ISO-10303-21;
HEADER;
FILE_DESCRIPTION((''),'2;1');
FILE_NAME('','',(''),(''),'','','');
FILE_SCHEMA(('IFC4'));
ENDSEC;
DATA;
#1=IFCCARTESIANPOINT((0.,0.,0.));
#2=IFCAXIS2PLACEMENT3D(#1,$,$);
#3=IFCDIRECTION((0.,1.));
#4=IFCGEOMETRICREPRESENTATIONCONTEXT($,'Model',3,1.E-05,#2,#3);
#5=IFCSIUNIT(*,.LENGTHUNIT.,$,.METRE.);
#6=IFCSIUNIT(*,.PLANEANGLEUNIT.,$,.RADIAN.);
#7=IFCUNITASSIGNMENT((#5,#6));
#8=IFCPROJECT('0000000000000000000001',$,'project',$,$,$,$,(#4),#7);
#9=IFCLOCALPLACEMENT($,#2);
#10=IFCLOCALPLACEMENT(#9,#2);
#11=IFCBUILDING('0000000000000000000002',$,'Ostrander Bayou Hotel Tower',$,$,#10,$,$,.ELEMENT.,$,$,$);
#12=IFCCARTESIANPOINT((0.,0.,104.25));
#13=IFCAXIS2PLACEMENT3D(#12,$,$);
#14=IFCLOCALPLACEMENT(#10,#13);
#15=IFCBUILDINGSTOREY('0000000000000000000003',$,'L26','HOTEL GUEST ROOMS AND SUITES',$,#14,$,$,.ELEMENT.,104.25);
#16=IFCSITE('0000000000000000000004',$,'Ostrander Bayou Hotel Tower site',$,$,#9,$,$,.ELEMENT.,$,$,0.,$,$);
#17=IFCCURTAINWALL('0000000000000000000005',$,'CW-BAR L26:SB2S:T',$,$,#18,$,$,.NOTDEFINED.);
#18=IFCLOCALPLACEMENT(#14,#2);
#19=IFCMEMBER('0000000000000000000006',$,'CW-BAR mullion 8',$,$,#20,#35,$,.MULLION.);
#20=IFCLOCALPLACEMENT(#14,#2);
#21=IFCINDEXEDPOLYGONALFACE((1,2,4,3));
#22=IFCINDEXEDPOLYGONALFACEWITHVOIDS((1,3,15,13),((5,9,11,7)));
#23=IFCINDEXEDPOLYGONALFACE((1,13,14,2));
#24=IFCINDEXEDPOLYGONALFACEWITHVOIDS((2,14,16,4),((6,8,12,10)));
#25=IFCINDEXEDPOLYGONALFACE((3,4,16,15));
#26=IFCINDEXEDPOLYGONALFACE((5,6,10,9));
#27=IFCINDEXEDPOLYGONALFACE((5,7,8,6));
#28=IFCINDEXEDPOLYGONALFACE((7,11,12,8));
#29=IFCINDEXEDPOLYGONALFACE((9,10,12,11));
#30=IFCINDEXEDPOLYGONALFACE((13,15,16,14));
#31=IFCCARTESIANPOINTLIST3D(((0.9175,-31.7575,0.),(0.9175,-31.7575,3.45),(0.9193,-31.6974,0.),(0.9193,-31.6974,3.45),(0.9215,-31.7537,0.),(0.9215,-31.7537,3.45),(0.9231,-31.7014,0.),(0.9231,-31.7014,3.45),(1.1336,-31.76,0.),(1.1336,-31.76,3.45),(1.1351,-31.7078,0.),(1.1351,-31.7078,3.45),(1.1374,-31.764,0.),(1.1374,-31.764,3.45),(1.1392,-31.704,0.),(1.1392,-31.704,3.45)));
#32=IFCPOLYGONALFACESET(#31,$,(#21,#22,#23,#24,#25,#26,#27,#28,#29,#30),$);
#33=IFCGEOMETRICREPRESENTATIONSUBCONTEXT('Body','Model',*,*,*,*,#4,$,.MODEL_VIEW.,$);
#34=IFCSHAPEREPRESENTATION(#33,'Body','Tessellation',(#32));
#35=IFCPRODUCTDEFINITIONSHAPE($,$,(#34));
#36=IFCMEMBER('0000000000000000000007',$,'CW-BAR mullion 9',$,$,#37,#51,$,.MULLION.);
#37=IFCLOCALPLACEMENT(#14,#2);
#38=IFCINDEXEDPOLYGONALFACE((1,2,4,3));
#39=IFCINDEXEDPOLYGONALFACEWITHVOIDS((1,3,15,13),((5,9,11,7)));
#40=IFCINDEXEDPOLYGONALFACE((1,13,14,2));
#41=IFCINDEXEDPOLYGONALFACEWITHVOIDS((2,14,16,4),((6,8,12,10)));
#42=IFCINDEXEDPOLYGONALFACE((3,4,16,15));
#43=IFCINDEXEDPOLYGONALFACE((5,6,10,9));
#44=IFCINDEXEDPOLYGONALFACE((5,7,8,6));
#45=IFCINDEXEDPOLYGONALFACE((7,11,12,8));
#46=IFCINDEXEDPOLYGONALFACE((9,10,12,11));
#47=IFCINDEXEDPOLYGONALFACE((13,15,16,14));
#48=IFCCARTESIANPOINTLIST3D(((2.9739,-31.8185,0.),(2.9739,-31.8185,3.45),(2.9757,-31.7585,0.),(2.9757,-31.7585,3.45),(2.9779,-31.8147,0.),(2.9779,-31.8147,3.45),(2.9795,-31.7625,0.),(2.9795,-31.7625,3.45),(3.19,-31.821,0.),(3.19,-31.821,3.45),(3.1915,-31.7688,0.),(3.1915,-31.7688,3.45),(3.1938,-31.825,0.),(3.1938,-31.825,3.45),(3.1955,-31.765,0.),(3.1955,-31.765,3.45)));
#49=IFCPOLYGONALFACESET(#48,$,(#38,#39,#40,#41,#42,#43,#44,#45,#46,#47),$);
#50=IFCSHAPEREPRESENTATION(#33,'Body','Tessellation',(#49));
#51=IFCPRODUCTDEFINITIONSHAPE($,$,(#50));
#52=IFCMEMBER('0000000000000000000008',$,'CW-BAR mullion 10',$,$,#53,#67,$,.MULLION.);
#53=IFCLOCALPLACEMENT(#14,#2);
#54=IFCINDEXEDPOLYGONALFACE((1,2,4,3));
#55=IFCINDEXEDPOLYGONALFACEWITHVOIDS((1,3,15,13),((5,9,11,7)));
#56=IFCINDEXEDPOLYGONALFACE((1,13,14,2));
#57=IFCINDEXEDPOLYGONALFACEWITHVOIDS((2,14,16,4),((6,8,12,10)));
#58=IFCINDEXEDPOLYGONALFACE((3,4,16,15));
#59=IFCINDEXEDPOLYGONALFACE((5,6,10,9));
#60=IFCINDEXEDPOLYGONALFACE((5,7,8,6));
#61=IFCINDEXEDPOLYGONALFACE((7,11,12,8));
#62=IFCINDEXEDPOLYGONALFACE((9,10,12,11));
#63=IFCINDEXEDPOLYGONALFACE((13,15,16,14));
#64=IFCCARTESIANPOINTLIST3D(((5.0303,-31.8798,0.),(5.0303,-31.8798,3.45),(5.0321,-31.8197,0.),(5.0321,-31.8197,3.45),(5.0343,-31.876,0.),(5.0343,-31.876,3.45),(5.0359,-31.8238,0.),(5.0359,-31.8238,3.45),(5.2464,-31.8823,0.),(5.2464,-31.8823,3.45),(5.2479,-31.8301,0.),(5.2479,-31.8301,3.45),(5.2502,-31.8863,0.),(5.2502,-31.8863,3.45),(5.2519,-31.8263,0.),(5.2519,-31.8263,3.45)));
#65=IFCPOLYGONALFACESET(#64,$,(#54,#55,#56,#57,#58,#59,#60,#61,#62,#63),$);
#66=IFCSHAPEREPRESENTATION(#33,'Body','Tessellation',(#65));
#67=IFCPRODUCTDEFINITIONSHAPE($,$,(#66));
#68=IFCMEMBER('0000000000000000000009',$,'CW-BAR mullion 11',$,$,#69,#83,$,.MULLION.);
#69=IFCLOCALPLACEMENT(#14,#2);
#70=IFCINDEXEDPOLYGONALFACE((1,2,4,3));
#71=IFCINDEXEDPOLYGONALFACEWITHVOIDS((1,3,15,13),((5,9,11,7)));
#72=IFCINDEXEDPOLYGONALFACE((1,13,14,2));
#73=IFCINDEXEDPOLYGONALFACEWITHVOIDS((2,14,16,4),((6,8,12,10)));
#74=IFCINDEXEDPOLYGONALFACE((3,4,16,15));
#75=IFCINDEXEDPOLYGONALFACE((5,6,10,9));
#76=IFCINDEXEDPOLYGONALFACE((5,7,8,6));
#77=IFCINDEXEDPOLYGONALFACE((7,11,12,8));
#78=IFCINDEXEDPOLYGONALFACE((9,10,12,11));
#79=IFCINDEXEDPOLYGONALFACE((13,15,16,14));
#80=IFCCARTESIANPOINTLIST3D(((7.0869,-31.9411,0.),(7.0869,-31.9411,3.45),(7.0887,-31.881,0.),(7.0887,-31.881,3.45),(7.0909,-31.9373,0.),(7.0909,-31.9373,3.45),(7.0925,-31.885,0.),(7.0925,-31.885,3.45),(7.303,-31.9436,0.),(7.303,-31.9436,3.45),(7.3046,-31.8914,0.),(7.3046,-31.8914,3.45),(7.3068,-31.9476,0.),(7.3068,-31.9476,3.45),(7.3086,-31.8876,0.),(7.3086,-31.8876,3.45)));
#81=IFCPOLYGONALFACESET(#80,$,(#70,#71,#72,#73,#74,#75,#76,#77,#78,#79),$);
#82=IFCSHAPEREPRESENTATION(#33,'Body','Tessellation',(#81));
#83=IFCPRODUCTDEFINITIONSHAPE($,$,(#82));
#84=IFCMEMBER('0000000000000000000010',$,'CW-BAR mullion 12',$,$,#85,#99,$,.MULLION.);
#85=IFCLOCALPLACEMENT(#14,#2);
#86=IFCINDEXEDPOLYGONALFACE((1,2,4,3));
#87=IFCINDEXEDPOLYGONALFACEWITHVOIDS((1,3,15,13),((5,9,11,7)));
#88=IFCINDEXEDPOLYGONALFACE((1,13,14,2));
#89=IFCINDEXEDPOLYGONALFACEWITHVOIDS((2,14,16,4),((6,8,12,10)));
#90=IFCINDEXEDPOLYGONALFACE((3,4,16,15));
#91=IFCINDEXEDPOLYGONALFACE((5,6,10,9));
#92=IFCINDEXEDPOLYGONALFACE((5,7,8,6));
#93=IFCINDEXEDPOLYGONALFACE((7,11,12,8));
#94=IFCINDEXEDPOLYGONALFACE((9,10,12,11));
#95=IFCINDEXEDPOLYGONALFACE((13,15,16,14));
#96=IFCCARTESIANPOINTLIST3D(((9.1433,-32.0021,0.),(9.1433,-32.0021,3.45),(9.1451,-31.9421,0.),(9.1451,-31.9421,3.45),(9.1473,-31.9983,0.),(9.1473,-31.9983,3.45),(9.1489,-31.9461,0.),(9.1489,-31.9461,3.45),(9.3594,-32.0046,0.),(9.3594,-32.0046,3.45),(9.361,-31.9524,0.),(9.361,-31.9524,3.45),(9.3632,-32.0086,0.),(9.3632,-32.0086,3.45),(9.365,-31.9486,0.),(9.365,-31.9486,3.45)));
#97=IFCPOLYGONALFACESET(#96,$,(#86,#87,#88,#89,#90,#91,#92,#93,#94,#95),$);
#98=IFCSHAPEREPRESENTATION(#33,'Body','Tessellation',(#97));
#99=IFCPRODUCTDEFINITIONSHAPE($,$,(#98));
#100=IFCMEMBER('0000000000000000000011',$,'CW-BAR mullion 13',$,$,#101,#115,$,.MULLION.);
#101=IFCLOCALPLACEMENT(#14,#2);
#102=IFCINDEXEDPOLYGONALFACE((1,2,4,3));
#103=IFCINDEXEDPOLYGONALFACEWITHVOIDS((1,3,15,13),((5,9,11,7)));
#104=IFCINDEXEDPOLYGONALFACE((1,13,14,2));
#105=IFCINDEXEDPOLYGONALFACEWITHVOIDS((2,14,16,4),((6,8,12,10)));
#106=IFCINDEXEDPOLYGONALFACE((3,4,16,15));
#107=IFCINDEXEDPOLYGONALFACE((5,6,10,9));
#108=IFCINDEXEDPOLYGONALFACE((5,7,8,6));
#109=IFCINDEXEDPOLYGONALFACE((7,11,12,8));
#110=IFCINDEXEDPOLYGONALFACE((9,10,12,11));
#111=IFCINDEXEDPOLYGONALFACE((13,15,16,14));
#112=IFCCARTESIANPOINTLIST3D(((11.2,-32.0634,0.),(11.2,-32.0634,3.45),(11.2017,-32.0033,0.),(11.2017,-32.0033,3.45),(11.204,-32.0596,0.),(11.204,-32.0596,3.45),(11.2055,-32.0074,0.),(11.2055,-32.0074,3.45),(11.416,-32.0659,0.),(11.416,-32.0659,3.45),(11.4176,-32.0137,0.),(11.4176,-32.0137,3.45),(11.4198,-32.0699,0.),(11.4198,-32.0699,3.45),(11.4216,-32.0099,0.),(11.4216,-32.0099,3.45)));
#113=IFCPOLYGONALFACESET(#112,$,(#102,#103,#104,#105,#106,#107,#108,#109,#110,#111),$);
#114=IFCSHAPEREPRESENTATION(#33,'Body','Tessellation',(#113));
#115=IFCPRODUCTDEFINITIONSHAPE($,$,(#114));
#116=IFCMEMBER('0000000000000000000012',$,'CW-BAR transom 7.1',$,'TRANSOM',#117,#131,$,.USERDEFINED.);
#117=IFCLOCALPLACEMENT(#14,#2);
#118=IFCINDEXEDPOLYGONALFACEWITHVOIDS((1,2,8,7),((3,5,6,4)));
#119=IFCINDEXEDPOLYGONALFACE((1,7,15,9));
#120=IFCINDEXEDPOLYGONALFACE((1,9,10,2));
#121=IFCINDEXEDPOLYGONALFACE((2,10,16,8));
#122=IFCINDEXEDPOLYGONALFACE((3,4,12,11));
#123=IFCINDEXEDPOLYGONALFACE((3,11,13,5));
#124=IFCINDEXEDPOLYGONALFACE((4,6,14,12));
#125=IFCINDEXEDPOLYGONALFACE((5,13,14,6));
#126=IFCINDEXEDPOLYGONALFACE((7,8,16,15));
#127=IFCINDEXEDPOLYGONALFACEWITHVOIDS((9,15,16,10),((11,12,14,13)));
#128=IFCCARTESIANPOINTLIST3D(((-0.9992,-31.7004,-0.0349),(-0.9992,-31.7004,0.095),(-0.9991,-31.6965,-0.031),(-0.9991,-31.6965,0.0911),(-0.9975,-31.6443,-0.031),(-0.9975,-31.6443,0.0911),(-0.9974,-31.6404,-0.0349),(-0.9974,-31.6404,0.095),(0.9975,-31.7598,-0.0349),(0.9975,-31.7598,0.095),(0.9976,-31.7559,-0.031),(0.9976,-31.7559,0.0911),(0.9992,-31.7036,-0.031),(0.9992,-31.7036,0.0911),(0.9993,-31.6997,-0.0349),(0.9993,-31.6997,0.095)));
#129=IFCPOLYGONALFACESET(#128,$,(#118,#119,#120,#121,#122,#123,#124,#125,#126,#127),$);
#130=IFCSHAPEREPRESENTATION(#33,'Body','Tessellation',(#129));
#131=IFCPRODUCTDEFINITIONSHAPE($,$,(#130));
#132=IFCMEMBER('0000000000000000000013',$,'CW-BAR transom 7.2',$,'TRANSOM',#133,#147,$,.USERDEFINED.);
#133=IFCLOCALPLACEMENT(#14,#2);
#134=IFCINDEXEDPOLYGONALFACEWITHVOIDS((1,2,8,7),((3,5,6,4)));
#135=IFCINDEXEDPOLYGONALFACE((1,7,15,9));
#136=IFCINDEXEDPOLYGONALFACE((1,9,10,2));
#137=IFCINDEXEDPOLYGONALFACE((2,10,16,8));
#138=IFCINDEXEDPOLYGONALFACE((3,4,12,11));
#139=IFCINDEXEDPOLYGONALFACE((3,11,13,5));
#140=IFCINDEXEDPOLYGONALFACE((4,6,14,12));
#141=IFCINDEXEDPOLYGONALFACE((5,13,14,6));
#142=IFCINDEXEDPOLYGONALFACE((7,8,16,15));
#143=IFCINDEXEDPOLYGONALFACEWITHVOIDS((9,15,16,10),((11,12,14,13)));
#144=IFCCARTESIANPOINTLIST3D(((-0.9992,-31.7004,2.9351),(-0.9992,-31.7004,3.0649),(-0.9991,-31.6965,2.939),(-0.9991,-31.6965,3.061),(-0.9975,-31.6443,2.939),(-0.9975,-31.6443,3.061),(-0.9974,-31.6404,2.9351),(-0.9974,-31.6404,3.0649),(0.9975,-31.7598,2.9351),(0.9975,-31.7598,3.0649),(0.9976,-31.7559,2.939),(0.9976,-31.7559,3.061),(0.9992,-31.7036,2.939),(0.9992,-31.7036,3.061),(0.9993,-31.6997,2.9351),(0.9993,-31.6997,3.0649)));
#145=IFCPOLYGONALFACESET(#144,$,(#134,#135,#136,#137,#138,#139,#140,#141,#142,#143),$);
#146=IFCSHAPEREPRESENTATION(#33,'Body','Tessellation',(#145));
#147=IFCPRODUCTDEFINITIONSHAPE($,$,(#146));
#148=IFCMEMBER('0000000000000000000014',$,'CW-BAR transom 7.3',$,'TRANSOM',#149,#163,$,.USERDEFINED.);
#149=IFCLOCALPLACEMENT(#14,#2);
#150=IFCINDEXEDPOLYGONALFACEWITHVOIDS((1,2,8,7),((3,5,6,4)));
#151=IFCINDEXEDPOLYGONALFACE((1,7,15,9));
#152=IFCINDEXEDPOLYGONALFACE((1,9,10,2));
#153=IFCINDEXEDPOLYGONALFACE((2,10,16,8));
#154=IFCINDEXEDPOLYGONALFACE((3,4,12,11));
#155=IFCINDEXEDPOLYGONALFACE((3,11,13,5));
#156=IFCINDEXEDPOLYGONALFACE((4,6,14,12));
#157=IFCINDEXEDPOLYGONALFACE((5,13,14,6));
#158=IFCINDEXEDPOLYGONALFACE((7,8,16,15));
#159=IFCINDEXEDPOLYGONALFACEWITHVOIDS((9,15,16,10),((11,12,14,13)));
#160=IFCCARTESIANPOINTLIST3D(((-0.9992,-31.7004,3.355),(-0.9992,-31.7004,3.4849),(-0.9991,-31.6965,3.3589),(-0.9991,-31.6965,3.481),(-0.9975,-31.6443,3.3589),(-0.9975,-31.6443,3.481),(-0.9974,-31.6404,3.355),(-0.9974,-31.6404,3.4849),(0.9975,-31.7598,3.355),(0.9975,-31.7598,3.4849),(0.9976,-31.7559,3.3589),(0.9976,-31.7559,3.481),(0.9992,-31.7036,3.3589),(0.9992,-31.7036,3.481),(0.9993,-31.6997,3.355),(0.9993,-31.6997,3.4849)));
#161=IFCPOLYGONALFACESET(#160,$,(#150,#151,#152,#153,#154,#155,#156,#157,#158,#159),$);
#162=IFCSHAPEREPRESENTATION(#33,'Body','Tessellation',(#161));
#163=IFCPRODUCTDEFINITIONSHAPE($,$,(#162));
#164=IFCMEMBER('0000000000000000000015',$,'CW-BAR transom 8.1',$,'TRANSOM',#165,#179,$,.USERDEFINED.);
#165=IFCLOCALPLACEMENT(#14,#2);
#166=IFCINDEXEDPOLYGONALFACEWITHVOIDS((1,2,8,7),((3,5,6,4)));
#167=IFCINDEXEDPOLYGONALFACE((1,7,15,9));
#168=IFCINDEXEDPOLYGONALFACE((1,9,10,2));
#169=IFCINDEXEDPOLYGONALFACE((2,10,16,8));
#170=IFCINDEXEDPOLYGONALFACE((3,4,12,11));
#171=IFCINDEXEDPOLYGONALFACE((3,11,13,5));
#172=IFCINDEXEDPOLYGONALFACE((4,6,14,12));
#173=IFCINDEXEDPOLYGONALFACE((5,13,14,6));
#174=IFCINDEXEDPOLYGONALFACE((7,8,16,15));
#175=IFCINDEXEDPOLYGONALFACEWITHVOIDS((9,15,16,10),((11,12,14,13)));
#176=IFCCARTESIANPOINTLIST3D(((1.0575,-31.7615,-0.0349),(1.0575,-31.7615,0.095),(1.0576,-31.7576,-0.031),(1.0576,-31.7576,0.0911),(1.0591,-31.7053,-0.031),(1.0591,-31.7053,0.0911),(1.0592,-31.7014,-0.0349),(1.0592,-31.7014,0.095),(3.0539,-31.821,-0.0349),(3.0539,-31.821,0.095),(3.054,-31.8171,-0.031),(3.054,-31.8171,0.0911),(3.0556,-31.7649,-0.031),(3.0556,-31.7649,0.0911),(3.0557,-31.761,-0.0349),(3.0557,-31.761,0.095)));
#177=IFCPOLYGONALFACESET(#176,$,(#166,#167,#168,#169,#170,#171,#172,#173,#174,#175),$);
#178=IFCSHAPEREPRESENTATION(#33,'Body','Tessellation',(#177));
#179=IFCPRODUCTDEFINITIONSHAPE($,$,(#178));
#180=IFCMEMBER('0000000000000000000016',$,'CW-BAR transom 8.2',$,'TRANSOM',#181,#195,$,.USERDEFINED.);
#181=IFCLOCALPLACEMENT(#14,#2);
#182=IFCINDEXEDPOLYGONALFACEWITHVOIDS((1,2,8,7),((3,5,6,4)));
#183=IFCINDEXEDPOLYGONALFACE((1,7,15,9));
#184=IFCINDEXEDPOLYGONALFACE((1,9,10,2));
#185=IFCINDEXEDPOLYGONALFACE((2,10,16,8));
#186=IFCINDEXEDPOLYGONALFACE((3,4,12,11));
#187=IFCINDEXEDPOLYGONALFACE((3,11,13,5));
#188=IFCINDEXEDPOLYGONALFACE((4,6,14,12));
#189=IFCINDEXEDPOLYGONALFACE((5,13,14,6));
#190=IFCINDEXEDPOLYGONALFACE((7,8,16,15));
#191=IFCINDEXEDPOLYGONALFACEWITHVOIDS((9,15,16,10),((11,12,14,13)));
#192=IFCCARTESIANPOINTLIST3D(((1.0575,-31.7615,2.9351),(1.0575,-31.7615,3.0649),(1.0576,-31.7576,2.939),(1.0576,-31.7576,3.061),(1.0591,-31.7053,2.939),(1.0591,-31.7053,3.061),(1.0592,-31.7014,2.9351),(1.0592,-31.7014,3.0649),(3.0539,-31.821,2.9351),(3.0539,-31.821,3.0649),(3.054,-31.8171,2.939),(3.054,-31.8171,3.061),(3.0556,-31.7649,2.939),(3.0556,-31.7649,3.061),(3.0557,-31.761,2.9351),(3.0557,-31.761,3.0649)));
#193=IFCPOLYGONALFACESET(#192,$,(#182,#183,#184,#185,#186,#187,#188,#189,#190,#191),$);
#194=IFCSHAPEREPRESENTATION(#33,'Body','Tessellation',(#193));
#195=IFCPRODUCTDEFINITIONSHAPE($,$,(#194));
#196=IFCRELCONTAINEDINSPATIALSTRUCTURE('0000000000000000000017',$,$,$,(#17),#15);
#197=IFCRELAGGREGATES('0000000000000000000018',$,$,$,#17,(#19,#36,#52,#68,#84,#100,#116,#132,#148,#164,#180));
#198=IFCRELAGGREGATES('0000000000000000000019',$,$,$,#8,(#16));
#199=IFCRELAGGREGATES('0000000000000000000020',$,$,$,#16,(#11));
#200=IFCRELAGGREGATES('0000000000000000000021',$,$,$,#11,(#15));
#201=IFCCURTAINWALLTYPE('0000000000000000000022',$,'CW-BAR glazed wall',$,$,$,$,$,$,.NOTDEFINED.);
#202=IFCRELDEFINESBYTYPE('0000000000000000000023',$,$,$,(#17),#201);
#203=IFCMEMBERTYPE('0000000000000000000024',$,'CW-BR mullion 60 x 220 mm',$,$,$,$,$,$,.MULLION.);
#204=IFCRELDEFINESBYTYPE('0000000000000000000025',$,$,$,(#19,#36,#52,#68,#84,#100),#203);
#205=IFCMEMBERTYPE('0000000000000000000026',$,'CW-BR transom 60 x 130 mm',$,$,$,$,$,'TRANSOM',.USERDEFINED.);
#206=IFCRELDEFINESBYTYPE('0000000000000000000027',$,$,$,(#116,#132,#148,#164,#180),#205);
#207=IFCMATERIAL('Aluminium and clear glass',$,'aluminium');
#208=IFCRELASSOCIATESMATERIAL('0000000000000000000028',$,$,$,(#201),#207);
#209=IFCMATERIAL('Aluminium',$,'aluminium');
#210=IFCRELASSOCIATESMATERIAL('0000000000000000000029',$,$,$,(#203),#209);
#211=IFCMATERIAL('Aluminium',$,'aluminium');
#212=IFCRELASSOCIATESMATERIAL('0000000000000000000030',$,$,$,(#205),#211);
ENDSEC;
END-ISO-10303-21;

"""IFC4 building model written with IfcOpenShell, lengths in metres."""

from ifc_helpers import new_model, si_unit, direction, frame, origin, origin_2d, place, context, subcontext, project, spatial, hollow_rectangle, extrude, material, material_profile, profile_set, type_object, element, aggregate, save


model = new_model("IFC4")

# Units and contexts
model_context = context("Model", 3, precision=1e-05, world=origin(), true_north=direction((0.0, 1.0)))
body_context = subcontext(model_context, "Body", "Model", "MODEL_VIEW")
ifc_project = project(units=[si_unit("LENGTHUNIT", "METRE"), si_unit("PLANEANGLEUNIT", "RADIAN")], contexts=[model_context])

# Site, building, storey
site_placement = place(None, origin())
site = spatial("IfcSite", under=ifc_project, at=site_placement, Name="Ostrander Bayou Hotel Tower site", CompositionType="ELEMENT", RefElevation=0.0)
building_placement = place(site_placement, origin())
building = spatial("IfcBuilding", under=site, at=building_placement, Name="Ostrander Bayou Hotel Tower", CompositionType="ELEMENT")
storey_placement = place(building_placement, frame((0.0, 0.0, 104.25)))
storey = spatial("IfcBuildingStorey", under=building, at=storey_placement, Name="L26", Description="HOTEL GUEST ROOMS AND SUITES", CompositionType="ELEMENT", Elevation=104.25)

# Curtain wall, members
ifc_material_1 = material(Name="Aluminium and clear glass", Category="aluminium")
curtain_wall_type = type_object("IfcCurtainWallType", Name="CW-BAR glazed wall", PredefinedType="NOTDEFINED", material=ifc_material_1)
curtain_wall_placement = place(storey_placement, origin())
curtain_wall = element("IfcCurtainWall", 1, at=curtain_wall_placement, inside=storey, type_object=curtain_wall_type, Name="CW-BAR L26:SB2S:T", PredefinedType="NOTDEFINED")
ifc_material_2 = material(Name="Aluminium", Category="aluminium")
ifc_material_profile_1 = material_profile(ifc_material_2, hollow_rectangle(XDim=0.0601, YDim=0.22, WallThickness=0.0039, at=origin_2d()))
ifc_profile_set_1 = profile_set([ifc_material_profile_1], Name="Aluminium")
member_type_1 = type_object("IfcMemberType", Name="CW-BR mullion 60 x 220 mm", PredefinedType="MULLION", material=ifc_profile_set_1)
member_1_placement = place(storey_placement, frame((1.0283, -31.7307, 0.0), z_axis=(0.0, 0.0, 1.0), x_axis=(0.029746, 0.999557, 0.0)))
member_1 = element("IfcMember", 2, at=member_1_placement, type_object=member_type_1, Name="CW-BAR mullion 8", PredefinedType="MULLION", context=body_context, shape_type="SweptSolid", body=[
    extrude(hollow_rectangle(XDim=0.0601, YDim=0.22, WallThickness=0.0039, at=origin_2d()), origin(), (0.0, 0.0, 1.0), 3.45),
])
member_2_placement = place(storey_placement, frame((3.0847, -31.7917, 0.0), z_axis=(0.0, 0.0, 1.0), x_axis=(0.029746, 0.999557, 0.0)))
member_2 = element("IfcMember", 3, at=member_2_placement, type_object=member_type_1, Name="CW-BAR mullion 9", PredefinedType="MULLION", context=body_context, shape_type="SweptSolid", body=[
    extrude(hollow_rectangle(XDim=0.0601, YDim=0.22, WallThickness=0.0039, at=origin_2d()), origin(), (0.0, 0.0, 1.0), 3.45),
])
member_3_placement = place(storey_placement, frame((5.1411, -31.853, 0.0), z_axis=(0.0, 0.0, 1.0), x_axis=(0.029746, 0.999557, 0.0)))
member_3 = element("IfcMember", 4, at=member_3_placement, type_object=member_type_1, Name="CW-BAR mullion 10", PredefinedType="MULLION", context=body_context, shape_type="SweptSolid", body=[
    extrude(hollow_rectangle(XDim=0.0601, YDim=0.22, WallThickness=0.0039, at=origin_2d()), origin(), (0.0, 0.0, 1.0), 3.45),
])
member_4_placement = place(storey_placement, frame((7.1978, -31.9143, 0.0), z_axis=(0.0, 0.0, 1.0), x_axis=(0.029746, 0.999557, 0.0)))
member_4 = element("IfcMember", 5, at=member_4_placement, type_object=member_type_1, Name="CW-BAR mullion 11", PredefinedType="MULLION", context=body_context, shape_type="SweptSolid", body=[
    extrude(hollow_rectangle(XDim=0.0601, YDim=0.22, WallThickness=0.0039, at=origin_2d()), origin(), (0.0, 0.0, 1.0), 3.45),
])
member_5_placement = place(storey_placement, frame((9.2542, -31.9753, 0.0), z_axis=(0.0, 0.0, 1.0), x_axis=(0.029746, 0.999557, 0.0)))
member_5 = element("IfcMember", 6, at=member_5_placement, type_object=member_type_1, Name="CW-BAR mullion 12", PredefinedType="MULLION", context=body_context, shape_type="SweptSolid", body=[
    extrude(hollow_rectangle(XDim=0.0601, YDim=0.22, WallThickness=0.0039, at=origin_2d()), origin(), (0.0, 0.0, 1.0), 3.45),
])
member_6_placement = place(storey_placement, frame((11.3108, -32.0366, 0.0), z_axis=(0.0, 0.0, 1.0), x_axis=(0.029746, 0.999557, 0.0)))
member_6 = element("IfcMember", 7, at=member_6_placement, type_object=member_type_1, Name="CW-BAR mullion 13", PredefinedType="MULLION", context=body_context, shape_type="SweptSolid", body=[
    extrude(hollow_rectangle(XDim=0.0601, YDim=0.22, WallThickness=0.0039, at=origin_2d()), origin(), (0.0, 0.0, 1.0), 3.45),
])
ifc_material_3 = material(Name="Aluminium", Category="aluminium")
ifc_material_profile_2 = material_profile(ifc_material_3, hollow_rectangle(XDim=0.0601, YDim=0.1299, WallThickness=0.0039, at=origin_2d()))
ifc_profile_set_2 = profile_set([ifc_material_profile_2], Name="Aluminium")
member_type_2 = type_object("IfcMemberType", Name="CW-BR transom 60 x 130 mm", ElementType="TRANSOM", PredefinedType="USERDEFINED", material=ifc_profile_set_2)
member_7_placement = place(storey_placement, frame((-0.9983, -31.6704, 0.03), z_axis=(0.999559, -0.029701, 0.0), x_axis=(0.029701, 0.999559, 0.0)))
member_7 = element("IfcMember", 8, at=member_7_placement, type_object=member_type_2, Name="CW-BAR transom 7.1", ObjectType="TRANSOM", PredefinedType="USERDEFINED", context=body_context, shape_type="SweptSolid", body=[
    extrude(hollow_rectangle(XDim=0.0601, YDim=0.1299, WallThickness=0.0039, at=origin_2d()), origin(), (0.0, 0.0, 1.0), 1.9976),
])
member_8_placement = place(storey_placement, frame((-0.9983, -31.6704, 3.0), z_axis=(0.999559, -0.029701, 0.0), x_axis=(0.029701, 0.999559, 0.0)))
member_8 = element("IfcMember", 9, at=member_8_placement, type_object=member_type_2, Name="CW-BAR transom 7.2", ObjectType="TRANSOM", PredefinedType="USERDEFINED", context=body_context, shape_type="SweptSolid", body=[
    extrude(hollow_rectangle(XDim=0.0601, YDim=0.1299, WallThickness=0.0039, at=origin_2d()), origin(), (0.0, 0.0, 1.0), 1.9976),
])
member_9_placement = place(storey_placement, frame((-0.9983, -31.6704, 3.4199), z_axis=(0.999559, -0.029701, 0.0), x_axis=(0.029701, 0.999559, 0.0)))
member_9 = element("IfcMember", 10, at=member_9_placement, type_object=member_type_2, Name="CW-BAR transom 7.3", ObjectType="TRANSOM", PredefinedType="USERDEFINED", context=body_context, shape_type="SweptSolid", body=[
    extrude(hollow_rectangle(XDim=0.0601, YDim=0.1299, WallThickness=0.0039, at=origin_2d()), origin(), (0.0, 0.0, 1.0), 1.9976),
])
member_10_placement = place(storey_placement, frame((1.0583, -31.7314, 0.03), z_axis=(0.999555, -0.029827, 0.0), x_axis=(0.029827, 0.999555, 0.0)))
member_10 = element("IfcMember", 11, at=member_10_placement, type_object=member_type_2, Name="CW-BAR transom 8.1", ObjectType="TRANSOM", PredefinedType="USERDEFINED", context=body_context, shape_type="SweptSolid", body=[
    extrude(hollow_rectangle(XDim=0.0601, YDim=0.1299, WallThickness=0.0039, at=origin_2d()), origin(), (0.0, 0.0, 1.0), 1.9973),
])
member_11_placement = place(storey_placement, frame((1.0583, -31.7314, 3.0), z_axis=(0.999555, -0.029827, 0.0), x_axis=(0.029827, 0.999555, 0.0)))
member_11 = element("IfcMember", 12, at=member_11_placement, type_object=member_type_2, Name="CW-BAR transom 8.2", ObjectType="TRANSOM", PredefinedType="USERDEFINED", context=body_context, shape_type="SweptSolid", body=[
    extrude(hollow_rectangle(XDim=0.0601, YDim=0.1299, WallThickness=0.0039, at=origin_2d()), origin(), (0.0, 0.0, 1.0), 1.9973),
])
aggregate(curtain_wall, [member_1, member_2, member_3, member_4, member_5, member_6, member_7, member_8, member_9, member_10, member_11])

save(model, "model.ifc")
